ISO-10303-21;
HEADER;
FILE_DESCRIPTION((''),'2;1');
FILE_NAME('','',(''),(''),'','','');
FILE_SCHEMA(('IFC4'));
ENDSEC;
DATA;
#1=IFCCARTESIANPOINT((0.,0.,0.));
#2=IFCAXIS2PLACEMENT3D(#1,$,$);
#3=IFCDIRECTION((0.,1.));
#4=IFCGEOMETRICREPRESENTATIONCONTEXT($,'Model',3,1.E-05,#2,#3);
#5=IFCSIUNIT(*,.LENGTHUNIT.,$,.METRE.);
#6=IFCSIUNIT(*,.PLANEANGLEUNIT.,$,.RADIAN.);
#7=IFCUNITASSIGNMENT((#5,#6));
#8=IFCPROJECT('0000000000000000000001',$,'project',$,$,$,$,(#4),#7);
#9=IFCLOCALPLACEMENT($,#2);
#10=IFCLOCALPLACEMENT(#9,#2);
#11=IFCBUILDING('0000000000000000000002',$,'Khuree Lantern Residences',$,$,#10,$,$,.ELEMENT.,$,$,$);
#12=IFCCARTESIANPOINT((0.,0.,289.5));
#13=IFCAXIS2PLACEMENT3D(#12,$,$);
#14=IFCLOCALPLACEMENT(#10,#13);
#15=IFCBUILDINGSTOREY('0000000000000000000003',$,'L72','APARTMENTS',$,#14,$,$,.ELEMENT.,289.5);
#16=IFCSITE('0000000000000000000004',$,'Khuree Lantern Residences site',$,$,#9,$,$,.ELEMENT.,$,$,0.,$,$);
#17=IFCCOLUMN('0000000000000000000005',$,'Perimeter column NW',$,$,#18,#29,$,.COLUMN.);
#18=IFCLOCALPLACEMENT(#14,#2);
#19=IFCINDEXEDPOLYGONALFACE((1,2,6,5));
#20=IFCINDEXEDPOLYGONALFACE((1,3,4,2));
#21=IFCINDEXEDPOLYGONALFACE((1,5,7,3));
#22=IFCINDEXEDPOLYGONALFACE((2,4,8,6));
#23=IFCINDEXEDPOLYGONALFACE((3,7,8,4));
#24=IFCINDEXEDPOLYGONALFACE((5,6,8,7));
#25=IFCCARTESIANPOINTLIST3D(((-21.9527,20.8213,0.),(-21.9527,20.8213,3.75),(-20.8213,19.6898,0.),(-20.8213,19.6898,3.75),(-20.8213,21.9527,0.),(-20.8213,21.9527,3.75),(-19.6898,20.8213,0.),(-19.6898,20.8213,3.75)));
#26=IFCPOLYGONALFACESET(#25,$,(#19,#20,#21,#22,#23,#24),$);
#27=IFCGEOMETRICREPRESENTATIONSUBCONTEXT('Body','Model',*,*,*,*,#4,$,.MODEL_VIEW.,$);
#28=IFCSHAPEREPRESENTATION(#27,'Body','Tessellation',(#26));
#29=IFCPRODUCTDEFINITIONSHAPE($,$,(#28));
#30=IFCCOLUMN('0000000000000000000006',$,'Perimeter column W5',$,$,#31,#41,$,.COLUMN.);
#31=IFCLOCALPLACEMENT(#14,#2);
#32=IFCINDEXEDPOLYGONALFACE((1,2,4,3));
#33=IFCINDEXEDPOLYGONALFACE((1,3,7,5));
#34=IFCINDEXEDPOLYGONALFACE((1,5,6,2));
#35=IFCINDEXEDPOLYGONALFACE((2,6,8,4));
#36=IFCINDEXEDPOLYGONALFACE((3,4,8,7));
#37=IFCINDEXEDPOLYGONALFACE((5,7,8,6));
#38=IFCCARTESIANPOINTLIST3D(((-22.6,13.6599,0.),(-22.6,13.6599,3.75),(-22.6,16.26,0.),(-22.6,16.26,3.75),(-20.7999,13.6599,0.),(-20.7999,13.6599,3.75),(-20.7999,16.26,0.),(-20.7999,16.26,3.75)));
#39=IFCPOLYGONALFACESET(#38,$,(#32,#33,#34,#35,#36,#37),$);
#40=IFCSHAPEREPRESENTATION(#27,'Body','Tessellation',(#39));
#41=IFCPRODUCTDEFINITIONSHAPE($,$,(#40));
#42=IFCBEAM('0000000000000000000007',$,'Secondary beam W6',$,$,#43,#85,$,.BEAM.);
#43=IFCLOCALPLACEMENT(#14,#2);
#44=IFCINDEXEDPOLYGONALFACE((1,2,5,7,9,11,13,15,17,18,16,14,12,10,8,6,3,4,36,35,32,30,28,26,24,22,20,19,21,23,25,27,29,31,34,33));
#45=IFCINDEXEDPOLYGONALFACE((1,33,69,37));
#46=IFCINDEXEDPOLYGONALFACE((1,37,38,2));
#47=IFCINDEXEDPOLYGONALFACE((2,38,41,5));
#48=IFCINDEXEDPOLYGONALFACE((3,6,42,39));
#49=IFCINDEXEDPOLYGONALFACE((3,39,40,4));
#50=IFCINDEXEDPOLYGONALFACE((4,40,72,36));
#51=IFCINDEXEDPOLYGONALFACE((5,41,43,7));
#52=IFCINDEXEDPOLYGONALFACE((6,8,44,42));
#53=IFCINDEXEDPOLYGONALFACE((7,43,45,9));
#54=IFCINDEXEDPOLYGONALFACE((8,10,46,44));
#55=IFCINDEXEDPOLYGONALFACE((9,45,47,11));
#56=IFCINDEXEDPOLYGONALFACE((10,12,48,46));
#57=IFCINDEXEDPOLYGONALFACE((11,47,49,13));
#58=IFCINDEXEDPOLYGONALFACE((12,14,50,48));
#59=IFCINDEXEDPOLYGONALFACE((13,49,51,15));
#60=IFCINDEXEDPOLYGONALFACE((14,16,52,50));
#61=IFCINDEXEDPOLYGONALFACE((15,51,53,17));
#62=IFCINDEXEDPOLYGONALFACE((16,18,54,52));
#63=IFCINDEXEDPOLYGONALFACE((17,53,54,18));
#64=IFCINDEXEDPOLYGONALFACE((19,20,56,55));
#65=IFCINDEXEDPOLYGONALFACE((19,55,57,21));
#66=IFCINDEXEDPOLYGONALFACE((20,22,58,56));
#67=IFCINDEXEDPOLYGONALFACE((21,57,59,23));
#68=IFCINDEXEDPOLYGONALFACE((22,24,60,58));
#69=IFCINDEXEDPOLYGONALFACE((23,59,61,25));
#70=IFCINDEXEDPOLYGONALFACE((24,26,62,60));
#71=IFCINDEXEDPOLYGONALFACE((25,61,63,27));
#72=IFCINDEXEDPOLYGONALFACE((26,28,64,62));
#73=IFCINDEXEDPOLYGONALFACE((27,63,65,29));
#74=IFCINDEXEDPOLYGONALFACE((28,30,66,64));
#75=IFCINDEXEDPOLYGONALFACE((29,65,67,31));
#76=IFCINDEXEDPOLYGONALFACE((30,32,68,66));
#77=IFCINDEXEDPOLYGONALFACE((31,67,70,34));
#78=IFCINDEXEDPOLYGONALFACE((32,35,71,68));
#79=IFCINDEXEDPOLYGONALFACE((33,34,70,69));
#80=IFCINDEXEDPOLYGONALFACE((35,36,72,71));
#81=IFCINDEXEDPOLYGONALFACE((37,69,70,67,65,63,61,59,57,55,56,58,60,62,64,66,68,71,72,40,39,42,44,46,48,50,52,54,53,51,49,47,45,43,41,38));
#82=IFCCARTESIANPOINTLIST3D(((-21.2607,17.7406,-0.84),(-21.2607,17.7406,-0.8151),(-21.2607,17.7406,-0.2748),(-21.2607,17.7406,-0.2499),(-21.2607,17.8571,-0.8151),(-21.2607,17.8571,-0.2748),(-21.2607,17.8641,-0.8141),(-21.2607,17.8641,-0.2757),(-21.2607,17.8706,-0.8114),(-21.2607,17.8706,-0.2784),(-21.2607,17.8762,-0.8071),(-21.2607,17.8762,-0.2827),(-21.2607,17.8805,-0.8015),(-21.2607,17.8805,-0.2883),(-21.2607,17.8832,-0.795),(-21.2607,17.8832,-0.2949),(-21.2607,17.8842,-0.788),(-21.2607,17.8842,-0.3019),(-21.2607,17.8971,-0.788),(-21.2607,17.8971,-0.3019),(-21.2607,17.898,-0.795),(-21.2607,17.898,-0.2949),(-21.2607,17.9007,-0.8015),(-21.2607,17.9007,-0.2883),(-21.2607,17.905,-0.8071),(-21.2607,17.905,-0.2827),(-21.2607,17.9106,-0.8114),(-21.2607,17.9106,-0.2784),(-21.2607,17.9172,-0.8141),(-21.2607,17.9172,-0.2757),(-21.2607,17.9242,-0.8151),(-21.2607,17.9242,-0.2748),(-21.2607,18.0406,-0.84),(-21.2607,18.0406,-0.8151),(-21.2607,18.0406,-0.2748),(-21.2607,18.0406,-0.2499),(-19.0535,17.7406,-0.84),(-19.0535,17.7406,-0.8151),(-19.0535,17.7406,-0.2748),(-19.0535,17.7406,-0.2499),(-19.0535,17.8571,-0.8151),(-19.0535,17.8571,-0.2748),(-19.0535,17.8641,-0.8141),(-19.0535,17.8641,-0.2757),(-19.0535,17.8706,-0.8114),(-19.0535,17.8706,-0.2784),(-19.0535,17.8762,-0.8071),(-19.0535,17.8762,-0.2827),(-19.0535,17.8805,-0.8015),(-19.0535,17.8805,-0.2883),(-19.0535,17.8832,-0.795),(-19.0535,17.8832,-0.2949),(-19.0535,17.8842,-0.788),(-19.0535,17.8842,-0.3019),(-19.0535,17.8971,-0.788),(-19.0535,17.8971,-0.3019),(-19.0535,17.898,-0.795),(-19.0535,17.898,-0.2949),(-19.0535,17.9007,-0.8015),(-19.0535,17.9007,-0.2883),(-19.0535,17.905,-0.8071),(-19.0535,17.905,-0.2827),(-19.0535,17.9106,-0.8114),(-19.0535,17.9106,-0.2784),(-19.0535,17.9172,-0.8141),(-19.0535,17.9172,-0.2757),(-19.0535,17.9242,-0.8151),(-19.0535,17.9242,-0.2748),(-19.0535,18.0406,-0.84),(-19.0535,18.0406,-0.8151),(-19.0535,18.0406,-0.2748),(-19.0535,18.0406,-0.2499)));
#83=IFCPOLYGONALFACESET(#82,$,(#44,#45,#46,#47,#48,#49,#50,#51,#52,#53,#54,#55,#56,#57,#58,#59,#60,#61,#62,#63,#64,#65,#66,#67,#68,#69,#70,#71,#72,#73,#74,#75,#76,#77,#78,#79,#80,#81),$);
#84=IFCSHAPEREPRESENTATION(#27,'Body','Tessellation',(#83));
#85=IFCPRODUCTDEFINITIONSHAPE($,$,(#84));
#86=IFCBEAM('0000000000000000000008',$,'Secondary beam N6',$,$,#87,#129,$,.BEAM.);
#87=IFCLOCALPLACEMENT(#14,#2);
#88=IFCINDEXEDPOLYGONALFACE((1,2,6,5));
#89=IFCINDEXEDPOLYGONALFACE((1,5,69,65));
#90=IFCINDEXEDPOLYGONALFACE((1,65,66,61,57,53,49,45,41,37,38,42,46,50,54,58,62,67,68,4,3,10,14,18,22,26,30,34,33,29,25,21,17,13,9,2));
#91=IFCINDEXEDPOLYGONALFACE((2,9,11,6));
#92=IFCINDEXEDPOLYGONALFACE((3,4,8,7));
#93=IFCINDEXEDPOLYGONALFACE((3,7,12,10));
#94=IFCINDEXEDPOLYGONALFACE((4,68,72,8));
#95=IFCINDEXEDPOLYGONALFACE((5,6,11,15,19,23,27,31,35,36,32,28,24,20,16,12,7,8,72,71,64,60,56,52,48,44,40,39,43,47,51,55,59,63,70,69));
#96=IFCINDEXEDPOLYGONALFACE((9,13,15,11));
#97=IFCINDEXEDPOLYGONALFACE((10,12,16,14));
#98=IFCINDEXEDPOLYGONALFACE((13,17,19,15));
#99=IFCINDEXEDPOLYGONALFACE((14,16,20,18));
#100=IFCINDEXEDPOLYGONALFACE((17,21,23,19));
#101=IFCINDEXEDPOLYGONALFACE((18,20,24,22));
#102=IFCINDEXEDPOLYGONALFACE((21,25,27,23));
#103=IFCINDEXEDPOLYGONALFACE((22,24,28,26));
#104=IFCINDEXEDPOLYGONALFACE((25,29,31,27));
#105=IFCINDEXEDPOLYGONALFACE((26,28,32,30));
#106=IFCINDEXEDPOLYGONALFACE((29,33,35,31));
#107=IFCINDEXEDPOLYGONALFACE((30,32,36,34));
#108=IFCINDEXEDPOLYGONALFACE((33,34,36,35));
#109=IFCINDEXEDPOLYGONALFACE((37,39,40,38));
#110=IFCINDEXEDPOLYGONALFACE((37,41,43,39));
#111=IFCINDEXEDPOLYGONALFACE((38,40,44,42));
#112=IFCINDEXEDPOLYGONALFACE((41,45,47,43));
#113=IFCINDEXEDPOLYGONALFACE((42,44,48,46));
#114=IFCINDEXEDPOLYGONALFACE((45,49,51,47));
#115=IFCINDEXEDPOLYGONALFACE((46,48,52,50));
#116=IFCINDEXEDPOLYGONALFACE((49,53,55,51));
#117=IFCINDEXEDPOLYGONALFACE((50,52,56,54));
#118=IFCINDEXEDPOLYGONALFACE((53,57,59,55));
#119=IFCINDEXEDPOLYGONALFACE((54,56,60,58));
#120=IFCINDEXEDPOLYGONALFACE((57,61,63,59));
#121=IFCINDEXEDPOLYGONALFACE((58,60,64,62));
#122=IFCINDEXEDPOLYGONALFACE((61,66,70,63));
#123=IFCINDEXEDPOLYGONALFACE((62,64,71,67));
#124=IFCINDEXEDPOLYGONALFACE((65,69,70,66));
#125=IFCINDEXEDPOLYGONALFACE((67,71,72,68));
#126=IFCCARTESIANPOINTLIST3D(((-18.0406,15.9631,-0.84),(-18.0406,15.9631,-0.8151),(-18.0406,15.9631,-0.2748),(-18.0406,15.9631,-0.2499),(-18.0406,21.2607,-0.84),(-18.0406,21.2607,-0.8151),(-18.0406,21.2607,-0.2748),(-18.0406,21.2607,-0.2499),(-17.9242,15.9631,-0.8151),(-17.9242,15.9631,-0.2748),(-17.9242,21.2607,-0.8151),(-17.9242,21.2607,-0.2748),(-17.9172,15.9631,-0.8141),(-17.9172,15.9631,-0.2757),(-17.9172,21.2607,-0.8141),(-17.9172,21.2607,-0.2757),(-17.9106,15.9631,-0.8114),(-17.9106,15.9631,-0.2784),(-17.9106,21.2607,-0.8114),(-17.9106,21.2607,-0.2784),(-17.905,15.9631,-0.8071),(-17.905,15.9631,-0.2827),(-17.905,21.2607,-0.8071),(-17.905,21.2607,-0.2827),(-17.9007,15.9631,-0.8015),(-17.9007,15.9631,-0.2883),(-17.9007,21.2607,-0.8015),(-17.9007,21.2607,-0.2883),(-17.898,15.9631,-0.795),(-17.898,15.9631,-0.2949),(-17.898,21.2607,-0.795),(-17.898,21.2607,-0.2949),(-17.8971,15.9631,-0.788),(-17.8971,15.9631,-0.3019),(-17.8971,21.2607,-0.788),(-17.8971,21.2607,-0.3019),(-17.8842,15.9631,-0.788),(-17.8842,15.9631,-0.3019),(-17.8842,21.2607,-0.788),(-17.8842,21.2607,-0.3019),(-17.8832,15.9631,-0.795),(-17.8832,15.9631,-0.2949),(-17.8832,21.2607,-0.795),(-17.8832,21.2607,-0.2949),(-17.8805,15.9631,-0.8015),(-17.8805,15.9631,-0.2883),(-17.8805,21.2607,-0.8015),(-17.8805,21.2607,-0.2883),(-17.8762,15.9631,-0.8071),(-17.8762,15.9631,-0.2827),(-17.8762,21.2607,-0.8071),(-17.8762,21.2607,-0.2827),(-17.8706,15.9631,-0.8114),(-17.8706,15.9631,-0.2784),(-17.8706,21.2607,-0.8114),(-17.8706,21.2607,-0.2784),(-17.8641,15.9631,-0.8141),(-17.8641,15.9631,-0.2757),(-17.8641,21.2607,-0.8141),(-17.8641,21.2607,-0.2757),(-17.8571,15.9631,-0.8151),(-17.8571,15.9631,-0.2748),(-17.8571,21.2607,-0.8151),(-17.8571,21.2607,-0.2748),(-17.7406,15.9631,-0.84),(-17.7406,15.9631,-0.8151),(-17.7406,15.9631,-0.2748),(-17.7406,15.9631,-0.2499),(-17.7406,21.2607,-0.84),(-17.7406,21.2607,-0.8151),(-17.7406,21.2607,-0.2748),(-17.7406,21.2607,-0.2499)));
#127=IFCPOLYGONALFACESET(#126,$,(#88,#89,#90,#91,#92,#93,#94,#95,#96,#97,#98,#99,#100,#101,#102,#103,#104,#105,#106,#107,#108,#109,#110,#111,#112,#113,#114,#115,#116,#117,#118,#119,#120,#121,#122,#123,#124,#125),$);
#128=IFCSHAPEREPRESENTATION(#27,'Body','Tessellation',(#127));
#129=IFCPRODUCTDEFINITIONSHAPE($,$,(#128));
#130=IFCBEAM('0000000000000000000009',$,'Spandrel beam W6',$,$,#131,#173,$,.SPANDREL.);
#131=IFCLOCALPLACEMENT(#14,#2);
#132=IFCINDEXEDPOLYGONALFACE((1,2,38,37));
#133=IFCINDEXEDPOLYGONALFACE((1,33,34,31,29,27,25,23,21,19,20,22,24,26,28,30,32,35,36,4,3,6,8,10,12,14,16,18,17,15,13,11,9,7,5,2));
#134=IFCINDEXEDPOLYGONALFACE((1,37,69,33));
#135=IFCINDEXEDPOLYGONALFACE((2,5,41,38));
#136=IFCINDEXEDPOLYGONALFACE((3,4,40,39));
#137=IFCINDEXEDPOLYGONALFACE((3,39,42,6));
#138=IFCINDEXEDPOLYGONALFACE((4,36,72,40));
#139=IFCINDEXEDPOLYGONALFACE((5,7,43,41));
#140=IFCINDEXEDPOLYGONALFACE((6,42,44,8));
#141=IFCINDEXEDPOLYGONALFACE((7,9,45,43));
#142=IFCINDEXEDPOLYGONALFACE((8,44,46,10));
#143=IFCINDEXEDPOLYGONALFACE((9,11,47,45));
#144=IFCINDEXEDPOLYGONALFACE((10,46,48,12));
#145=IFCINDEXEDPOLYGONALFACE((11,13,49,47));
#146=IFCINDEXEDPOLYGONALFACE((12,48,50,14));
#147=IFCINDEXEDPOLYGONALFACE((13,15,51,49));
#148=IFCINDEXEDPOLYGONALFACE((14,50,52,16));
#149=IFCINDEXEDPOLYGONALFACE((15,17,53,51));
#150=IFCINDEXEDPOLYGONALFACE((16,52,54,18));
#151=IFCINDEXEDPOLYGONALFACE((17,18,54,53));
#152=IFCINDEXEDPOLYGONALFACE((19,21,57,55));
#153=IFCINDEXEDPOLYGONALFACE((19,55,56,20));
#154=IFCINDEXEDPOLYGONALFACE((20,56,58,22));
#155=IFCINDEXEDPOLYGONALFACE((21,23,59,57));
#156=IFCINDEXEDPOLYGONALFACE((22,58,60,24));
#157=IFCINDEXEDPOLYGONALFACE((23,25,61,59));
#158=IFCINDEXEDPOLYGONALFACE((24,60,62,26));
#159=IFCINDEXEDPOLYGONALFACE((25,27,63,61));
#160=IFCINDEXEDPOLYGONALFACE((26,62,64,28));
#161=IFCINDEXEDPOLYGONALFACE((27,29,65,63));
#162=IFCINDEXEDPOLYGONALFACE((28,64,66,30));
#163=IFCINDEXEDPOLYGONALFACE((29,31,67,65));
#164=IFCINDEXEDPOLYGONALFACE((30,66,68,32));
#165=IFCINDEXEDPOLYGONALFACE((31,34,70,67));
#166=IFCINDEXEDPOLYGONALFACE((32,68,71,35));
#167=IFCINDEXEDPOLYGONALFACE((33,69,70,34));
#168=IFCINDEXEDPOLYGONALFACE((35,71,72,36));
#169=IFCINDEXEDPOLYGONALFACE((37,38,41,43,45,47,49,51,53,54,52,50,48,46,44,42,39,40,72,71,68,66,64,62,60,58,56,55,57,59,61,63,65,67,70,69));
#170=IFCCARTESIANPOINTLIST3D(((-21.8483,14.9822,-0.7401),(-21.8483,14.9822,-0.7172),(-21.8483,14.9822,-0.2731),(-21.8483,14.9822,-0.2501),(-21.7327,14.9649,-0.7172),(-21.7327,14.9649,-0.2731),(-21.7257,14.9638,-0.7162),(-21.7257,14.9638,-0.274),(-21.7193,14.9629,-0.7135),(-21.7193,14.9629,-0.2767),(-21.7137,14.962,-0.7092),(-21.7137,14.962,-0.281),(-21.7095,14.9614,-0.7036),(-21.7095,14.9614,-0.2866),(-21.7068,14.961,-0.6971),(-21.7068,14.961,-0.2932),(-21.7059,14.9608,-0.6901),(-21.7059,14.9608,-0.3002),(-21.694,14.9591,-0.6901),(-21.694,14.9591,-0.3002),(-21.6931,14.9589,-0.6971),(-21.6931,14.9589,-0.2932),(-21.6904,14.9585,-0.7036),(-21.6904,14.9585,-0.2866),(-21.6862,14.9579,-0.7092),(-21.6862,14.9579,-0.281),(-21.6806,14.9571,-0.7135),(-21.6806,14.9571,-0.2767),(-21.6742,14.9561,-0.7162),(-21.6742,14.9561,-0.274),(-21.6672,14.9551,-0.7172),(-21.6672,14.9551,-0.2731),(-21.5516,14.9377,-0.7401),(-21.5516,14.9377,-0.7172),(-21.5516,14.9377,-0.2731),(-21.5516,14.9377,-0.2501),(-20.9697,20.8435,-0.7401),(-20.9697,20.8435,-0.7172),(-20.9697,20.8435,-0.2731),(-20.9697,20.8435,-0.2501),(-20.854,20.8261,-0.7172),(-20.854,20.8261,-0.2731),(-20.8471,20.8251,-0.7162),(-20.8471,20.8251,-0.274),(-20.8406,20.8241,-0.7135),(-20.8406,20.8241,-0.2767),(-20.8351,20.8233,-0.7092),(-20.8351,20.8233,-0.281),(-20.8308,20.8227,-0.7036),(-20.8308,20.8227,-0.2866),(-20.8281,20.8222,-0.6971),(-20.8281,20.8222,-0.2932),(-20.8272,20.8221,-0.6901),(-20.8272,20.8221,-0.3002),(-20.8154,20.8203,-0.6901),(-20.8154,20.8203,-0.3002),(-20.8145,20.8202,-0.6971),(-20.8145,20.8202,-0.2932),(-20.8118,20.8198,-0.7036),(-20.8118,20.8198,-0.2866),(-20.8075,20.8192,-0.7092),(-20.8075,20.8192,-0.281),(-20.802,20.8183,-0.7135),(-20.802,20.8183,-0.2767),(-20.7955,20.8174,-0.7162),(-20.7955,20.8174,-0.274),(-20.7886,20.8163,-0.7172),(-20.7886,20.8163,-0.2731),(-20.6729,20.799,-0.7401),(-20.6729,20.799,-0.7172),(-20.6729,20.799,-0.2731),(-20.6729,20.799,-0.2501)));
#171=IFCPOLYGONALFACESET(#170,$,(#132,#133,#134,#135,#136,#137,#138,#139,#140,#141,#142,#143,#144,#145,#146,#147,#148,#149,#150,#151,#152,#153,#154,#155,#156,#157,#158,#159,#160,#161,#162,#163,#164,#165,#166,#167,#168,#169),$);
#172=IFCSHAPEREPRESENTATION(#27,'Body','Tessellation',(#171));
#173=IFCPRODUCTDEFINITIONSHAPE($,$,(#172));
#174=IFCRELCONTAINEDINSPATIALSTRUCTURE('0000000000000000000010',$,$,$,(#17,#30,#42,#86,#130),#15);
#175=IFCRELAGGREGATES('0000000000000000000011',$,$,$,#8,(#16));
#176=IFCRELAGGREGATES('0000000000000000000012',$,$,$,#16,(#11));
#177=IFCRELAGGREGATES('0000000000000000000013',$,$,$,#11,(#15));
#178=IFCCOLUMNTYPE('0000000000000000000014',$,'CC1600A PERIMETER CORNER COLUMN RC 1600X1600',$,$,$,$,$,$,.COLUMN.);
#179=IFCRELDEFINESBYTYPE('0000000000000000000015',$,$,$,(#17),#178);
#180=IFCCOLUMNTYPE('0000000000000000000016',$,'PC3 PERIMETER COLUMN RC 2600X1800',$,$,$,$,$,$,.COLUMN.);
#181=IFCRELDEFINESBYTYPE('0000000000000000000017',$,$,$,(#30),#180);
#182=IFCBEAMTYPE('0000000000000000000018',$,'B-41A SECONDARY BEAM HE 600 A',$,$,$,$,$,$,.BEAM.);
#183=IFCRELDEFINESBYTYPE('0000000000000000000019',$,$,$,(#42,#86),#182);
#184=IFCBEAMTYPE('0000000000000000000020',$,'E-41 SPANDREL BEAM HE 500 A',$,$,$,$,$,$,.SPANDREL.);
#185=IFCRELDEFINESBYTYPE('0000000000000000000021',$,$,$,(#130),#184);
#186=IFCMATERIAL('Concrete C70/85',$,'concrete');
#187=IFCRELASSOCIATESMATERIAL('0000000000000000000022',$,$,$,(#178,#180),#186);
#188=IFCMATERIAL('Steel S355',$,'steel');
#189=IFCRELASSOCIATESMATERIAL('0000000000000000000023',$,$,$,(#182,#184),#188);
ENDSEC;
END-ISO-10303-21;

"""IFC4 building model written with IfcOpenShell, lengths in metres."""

from ifc_helpers import new_model, si_unit, direction, frame, origin, origin_2d, place, context, subcontext, project, spatial, rectangle, i_section, extrude, material, material_profile, profile_set, type_object, element, save


model = new_model("IFC4")

# Units and contexts
model_context = context("Model", 3, precision=1e-05, world=origin(), true_north=direction((0.0, 1.0)))
body_context = subcontext(model_context, "Body", "Model", "MODEL_VIEW")
ifc_project = project(units=[si_unit("LENGTHUNIT", "METRE"), si_unit("PLANEANGLEUNIT", "RADIAN")], contexts=[model_context])

# Site, building, storey
site_placement = place(None, origin())
site = spatial("IfcSite", under=ifc_project, at=site_placement, Name="Khuree Lantern Residences site", CompositionType="ELEMENT", RefElevation=0.0)
building_placement = place(site_placement, origin())
building = spatial("IfcBuilding", under=site, at=building_placement, Name="Khuree Lantern Residences", CompositionType="ELEMENT")
storey_placement = place(building_placement, frame((0.0, 0.0, 289.5)))
storey = spatial("IfcBuildingStorey", under=building, at=storey_placement, Name="L72", Description="APARTMENTS", CompositionType="ELEMENT", Elevation=289.5)

# Columns
ifc_material_1 = material(Name="Concrete C70/85", Category="concrete")
ifc_material_profile_1 = material_profile(ifc_material_1, rectangle(XDim=1.6001, YDim=1.6001, at=origin_2d()), Name="RC 1600X1600")
ifc_profile_set_1 = profile_set([ifc_material_profile_1], Name="Concrete C70/85")
column_type_1 = type_object("IfcColumnType", Name="CC1600A PERIMETER CORNER COLUMN RC 1600X1600", PredefinedType="COLUMN", material=ifc_profile_set_1)
column_1_placement = place(storey_placement, frame((-20.8213, 20.8213, 0.0), z_axis=(0.0, 0.0, 1.0), x_axis=(0.707107, 0.707107, 0.0)))
element("IfcColumn", 1, at=column_1_placement, inside=storey, type_object=column_type_1, Name="Perimeter column NW", PredefinedType="COLUMN", context=body_context, shape_type="SweptSolid", body=[
    extrude(rectangle(XDim=1.6001, YDim=1.6001, at=origin_2d()), origin(), (0.0, 0.0, 1.0), 3.75),
])
ifc_material_profile_2 = material_profile(ifc_material_1, rectangle(XDim=2.6001, YDim=1.8, at=origin_2d()), Name="RC 2600X1800")
ifc_profile_set_2 = profile_set([ifc_material_profile_2], Name="Concrete C70/85")
column_type_2 = type_object("IfcColumnType", Name="PC3 PERIMETER COLUMN RC 2600X1800", PredefinedType="COLUMN", material=ifc_profile_set_2)
column_2_placement = place(storey_placement, frame((-21.7, 14.96, 0.0), z_axis=(0.0, 0.0, 1.0), x_axis=(0.0, 1.0, 0.0)))
element("IfcColumn", 2, at=column_2_placement, inside=storey, type_object=column_type_2, Name="Perimeter column W5", PredefinedType="COLUMN", context=body_context, shape_type="SweptSolid", body=[
    extrude(rectangle(XDim=2.6001, YDim=1.8, at=origin_2d()), origin(), (0.0, 0.0, 1.0), 3.75),
])

# Beams
ifc_material_2 = material(Name="Steel S355", Category="steel")
ifc_material_profile_3 = material_profile(ifc_material_2, i_section(OverallWidth=0.3, OverallDepth=0.5901, WebThickness=0.0129, FlangeThickness=0.0249, FilletRadius=0.0271, at=origin_2d()), Name="HE 600 A")
ifc_profile_set_3 = profile_set([ifc_material_profile_3], Name="Steel S355")
beam_type_1 = type_object("IfcBeamType", Name="B-41A SECONDARY BEAM HE 600 A", PredefinedType="BEAM", material=ifc_profile_set_3)
beam_1_placement = place(storey_placement, frame((-21.2607, 17.8906, -0.5449), z_axis=(1.0, 0.0, 0.0), x_axis=(0.0, 1.0, 0.0)))
element("IfcBeam", 3, at=beam_1_placement, inside=storey, type_object=beam_type_1, Name="Secondary beam W6", PredefinedType="BEAM", context=body_context, shape_type="SweptSolid", body=[
    extrude(i_section(OverallWidth=0.3, OverallDepth=0.5901, WebThickness=0.0129, FlangeThickness=0.0249, FilletRadius=0.0271, at=origin_2d()), origin(), (0.0, 0.0, 1.0), 2.2073),
])
beam_2_placement = place(storey_placement, frame((-17.8906, 21.2607, -0.5449), z_axis=(0.0, -1.0, 0.0), x_axis=(1.0, 0.0, 0.0)))
element("IfcBeam", 4, at=beam_2_placement, inside=storey, type_object=beam_type_1, Name="Secondary beam N6", PredefinedType="BEAM", context=body_context, shape_type="SweptSolid", body=[
    extrude(i_section(OverallWidth=0.3, OverallDepth=0.5901, WebThickness=0.0129, FlangeThickness=0.0249, FilletRadius=0.0271, at=origin_2d()), origin(), (0.0, 0.0, 1.0), 5.2976),
])
ifc_material_profile_4 = material_profile(ifc_material_2, i_section(OverallWidth=0.3, OverallDepth=0.49, WebThickness=0.012, FlangeThickness=0.0229, FilletRadius=0.0271, at=origin_2d()), Name="HE 500 A")
ifc_profile_set_4 = profile_set([ifc_material_profile_4], Name="Steel S355")
beam_type_2 = type_object("IfcBeamType", Name="E-41 SPANDREL BEAM HE 500 A", PredefinedType="SPANDREL", material=ifc_profile_set_4)
for number, where, z_axis, x_axis, name in (
    (5, (-21.7, 14.96, -0.4951), (0.148252, 0.98895, 0.0), (-0.98895, 0.148252, 0.0), "Spandrel beam W6"),
):
    element("IfcBeam", number, at=place(storey_placement, frame(where, z_axis=z_axis, x_axis=x_axis)), inside=storey, type_object=beam_type_2, Name=name, PredefinedType="SPANDREL", context=body_context, shape_type="SweptSolid", body=[
        extrude(i_section(OverallWidth=0.3, OverallDepth=0.49, WebThickness=0.012, FlangeThickness=0.0229, FilletRadius=0.0271, at=origin_2d()), origin(), (0.0, 0.0, 1.0), 5.9268),
    ])

save(model, "model.ifc")
